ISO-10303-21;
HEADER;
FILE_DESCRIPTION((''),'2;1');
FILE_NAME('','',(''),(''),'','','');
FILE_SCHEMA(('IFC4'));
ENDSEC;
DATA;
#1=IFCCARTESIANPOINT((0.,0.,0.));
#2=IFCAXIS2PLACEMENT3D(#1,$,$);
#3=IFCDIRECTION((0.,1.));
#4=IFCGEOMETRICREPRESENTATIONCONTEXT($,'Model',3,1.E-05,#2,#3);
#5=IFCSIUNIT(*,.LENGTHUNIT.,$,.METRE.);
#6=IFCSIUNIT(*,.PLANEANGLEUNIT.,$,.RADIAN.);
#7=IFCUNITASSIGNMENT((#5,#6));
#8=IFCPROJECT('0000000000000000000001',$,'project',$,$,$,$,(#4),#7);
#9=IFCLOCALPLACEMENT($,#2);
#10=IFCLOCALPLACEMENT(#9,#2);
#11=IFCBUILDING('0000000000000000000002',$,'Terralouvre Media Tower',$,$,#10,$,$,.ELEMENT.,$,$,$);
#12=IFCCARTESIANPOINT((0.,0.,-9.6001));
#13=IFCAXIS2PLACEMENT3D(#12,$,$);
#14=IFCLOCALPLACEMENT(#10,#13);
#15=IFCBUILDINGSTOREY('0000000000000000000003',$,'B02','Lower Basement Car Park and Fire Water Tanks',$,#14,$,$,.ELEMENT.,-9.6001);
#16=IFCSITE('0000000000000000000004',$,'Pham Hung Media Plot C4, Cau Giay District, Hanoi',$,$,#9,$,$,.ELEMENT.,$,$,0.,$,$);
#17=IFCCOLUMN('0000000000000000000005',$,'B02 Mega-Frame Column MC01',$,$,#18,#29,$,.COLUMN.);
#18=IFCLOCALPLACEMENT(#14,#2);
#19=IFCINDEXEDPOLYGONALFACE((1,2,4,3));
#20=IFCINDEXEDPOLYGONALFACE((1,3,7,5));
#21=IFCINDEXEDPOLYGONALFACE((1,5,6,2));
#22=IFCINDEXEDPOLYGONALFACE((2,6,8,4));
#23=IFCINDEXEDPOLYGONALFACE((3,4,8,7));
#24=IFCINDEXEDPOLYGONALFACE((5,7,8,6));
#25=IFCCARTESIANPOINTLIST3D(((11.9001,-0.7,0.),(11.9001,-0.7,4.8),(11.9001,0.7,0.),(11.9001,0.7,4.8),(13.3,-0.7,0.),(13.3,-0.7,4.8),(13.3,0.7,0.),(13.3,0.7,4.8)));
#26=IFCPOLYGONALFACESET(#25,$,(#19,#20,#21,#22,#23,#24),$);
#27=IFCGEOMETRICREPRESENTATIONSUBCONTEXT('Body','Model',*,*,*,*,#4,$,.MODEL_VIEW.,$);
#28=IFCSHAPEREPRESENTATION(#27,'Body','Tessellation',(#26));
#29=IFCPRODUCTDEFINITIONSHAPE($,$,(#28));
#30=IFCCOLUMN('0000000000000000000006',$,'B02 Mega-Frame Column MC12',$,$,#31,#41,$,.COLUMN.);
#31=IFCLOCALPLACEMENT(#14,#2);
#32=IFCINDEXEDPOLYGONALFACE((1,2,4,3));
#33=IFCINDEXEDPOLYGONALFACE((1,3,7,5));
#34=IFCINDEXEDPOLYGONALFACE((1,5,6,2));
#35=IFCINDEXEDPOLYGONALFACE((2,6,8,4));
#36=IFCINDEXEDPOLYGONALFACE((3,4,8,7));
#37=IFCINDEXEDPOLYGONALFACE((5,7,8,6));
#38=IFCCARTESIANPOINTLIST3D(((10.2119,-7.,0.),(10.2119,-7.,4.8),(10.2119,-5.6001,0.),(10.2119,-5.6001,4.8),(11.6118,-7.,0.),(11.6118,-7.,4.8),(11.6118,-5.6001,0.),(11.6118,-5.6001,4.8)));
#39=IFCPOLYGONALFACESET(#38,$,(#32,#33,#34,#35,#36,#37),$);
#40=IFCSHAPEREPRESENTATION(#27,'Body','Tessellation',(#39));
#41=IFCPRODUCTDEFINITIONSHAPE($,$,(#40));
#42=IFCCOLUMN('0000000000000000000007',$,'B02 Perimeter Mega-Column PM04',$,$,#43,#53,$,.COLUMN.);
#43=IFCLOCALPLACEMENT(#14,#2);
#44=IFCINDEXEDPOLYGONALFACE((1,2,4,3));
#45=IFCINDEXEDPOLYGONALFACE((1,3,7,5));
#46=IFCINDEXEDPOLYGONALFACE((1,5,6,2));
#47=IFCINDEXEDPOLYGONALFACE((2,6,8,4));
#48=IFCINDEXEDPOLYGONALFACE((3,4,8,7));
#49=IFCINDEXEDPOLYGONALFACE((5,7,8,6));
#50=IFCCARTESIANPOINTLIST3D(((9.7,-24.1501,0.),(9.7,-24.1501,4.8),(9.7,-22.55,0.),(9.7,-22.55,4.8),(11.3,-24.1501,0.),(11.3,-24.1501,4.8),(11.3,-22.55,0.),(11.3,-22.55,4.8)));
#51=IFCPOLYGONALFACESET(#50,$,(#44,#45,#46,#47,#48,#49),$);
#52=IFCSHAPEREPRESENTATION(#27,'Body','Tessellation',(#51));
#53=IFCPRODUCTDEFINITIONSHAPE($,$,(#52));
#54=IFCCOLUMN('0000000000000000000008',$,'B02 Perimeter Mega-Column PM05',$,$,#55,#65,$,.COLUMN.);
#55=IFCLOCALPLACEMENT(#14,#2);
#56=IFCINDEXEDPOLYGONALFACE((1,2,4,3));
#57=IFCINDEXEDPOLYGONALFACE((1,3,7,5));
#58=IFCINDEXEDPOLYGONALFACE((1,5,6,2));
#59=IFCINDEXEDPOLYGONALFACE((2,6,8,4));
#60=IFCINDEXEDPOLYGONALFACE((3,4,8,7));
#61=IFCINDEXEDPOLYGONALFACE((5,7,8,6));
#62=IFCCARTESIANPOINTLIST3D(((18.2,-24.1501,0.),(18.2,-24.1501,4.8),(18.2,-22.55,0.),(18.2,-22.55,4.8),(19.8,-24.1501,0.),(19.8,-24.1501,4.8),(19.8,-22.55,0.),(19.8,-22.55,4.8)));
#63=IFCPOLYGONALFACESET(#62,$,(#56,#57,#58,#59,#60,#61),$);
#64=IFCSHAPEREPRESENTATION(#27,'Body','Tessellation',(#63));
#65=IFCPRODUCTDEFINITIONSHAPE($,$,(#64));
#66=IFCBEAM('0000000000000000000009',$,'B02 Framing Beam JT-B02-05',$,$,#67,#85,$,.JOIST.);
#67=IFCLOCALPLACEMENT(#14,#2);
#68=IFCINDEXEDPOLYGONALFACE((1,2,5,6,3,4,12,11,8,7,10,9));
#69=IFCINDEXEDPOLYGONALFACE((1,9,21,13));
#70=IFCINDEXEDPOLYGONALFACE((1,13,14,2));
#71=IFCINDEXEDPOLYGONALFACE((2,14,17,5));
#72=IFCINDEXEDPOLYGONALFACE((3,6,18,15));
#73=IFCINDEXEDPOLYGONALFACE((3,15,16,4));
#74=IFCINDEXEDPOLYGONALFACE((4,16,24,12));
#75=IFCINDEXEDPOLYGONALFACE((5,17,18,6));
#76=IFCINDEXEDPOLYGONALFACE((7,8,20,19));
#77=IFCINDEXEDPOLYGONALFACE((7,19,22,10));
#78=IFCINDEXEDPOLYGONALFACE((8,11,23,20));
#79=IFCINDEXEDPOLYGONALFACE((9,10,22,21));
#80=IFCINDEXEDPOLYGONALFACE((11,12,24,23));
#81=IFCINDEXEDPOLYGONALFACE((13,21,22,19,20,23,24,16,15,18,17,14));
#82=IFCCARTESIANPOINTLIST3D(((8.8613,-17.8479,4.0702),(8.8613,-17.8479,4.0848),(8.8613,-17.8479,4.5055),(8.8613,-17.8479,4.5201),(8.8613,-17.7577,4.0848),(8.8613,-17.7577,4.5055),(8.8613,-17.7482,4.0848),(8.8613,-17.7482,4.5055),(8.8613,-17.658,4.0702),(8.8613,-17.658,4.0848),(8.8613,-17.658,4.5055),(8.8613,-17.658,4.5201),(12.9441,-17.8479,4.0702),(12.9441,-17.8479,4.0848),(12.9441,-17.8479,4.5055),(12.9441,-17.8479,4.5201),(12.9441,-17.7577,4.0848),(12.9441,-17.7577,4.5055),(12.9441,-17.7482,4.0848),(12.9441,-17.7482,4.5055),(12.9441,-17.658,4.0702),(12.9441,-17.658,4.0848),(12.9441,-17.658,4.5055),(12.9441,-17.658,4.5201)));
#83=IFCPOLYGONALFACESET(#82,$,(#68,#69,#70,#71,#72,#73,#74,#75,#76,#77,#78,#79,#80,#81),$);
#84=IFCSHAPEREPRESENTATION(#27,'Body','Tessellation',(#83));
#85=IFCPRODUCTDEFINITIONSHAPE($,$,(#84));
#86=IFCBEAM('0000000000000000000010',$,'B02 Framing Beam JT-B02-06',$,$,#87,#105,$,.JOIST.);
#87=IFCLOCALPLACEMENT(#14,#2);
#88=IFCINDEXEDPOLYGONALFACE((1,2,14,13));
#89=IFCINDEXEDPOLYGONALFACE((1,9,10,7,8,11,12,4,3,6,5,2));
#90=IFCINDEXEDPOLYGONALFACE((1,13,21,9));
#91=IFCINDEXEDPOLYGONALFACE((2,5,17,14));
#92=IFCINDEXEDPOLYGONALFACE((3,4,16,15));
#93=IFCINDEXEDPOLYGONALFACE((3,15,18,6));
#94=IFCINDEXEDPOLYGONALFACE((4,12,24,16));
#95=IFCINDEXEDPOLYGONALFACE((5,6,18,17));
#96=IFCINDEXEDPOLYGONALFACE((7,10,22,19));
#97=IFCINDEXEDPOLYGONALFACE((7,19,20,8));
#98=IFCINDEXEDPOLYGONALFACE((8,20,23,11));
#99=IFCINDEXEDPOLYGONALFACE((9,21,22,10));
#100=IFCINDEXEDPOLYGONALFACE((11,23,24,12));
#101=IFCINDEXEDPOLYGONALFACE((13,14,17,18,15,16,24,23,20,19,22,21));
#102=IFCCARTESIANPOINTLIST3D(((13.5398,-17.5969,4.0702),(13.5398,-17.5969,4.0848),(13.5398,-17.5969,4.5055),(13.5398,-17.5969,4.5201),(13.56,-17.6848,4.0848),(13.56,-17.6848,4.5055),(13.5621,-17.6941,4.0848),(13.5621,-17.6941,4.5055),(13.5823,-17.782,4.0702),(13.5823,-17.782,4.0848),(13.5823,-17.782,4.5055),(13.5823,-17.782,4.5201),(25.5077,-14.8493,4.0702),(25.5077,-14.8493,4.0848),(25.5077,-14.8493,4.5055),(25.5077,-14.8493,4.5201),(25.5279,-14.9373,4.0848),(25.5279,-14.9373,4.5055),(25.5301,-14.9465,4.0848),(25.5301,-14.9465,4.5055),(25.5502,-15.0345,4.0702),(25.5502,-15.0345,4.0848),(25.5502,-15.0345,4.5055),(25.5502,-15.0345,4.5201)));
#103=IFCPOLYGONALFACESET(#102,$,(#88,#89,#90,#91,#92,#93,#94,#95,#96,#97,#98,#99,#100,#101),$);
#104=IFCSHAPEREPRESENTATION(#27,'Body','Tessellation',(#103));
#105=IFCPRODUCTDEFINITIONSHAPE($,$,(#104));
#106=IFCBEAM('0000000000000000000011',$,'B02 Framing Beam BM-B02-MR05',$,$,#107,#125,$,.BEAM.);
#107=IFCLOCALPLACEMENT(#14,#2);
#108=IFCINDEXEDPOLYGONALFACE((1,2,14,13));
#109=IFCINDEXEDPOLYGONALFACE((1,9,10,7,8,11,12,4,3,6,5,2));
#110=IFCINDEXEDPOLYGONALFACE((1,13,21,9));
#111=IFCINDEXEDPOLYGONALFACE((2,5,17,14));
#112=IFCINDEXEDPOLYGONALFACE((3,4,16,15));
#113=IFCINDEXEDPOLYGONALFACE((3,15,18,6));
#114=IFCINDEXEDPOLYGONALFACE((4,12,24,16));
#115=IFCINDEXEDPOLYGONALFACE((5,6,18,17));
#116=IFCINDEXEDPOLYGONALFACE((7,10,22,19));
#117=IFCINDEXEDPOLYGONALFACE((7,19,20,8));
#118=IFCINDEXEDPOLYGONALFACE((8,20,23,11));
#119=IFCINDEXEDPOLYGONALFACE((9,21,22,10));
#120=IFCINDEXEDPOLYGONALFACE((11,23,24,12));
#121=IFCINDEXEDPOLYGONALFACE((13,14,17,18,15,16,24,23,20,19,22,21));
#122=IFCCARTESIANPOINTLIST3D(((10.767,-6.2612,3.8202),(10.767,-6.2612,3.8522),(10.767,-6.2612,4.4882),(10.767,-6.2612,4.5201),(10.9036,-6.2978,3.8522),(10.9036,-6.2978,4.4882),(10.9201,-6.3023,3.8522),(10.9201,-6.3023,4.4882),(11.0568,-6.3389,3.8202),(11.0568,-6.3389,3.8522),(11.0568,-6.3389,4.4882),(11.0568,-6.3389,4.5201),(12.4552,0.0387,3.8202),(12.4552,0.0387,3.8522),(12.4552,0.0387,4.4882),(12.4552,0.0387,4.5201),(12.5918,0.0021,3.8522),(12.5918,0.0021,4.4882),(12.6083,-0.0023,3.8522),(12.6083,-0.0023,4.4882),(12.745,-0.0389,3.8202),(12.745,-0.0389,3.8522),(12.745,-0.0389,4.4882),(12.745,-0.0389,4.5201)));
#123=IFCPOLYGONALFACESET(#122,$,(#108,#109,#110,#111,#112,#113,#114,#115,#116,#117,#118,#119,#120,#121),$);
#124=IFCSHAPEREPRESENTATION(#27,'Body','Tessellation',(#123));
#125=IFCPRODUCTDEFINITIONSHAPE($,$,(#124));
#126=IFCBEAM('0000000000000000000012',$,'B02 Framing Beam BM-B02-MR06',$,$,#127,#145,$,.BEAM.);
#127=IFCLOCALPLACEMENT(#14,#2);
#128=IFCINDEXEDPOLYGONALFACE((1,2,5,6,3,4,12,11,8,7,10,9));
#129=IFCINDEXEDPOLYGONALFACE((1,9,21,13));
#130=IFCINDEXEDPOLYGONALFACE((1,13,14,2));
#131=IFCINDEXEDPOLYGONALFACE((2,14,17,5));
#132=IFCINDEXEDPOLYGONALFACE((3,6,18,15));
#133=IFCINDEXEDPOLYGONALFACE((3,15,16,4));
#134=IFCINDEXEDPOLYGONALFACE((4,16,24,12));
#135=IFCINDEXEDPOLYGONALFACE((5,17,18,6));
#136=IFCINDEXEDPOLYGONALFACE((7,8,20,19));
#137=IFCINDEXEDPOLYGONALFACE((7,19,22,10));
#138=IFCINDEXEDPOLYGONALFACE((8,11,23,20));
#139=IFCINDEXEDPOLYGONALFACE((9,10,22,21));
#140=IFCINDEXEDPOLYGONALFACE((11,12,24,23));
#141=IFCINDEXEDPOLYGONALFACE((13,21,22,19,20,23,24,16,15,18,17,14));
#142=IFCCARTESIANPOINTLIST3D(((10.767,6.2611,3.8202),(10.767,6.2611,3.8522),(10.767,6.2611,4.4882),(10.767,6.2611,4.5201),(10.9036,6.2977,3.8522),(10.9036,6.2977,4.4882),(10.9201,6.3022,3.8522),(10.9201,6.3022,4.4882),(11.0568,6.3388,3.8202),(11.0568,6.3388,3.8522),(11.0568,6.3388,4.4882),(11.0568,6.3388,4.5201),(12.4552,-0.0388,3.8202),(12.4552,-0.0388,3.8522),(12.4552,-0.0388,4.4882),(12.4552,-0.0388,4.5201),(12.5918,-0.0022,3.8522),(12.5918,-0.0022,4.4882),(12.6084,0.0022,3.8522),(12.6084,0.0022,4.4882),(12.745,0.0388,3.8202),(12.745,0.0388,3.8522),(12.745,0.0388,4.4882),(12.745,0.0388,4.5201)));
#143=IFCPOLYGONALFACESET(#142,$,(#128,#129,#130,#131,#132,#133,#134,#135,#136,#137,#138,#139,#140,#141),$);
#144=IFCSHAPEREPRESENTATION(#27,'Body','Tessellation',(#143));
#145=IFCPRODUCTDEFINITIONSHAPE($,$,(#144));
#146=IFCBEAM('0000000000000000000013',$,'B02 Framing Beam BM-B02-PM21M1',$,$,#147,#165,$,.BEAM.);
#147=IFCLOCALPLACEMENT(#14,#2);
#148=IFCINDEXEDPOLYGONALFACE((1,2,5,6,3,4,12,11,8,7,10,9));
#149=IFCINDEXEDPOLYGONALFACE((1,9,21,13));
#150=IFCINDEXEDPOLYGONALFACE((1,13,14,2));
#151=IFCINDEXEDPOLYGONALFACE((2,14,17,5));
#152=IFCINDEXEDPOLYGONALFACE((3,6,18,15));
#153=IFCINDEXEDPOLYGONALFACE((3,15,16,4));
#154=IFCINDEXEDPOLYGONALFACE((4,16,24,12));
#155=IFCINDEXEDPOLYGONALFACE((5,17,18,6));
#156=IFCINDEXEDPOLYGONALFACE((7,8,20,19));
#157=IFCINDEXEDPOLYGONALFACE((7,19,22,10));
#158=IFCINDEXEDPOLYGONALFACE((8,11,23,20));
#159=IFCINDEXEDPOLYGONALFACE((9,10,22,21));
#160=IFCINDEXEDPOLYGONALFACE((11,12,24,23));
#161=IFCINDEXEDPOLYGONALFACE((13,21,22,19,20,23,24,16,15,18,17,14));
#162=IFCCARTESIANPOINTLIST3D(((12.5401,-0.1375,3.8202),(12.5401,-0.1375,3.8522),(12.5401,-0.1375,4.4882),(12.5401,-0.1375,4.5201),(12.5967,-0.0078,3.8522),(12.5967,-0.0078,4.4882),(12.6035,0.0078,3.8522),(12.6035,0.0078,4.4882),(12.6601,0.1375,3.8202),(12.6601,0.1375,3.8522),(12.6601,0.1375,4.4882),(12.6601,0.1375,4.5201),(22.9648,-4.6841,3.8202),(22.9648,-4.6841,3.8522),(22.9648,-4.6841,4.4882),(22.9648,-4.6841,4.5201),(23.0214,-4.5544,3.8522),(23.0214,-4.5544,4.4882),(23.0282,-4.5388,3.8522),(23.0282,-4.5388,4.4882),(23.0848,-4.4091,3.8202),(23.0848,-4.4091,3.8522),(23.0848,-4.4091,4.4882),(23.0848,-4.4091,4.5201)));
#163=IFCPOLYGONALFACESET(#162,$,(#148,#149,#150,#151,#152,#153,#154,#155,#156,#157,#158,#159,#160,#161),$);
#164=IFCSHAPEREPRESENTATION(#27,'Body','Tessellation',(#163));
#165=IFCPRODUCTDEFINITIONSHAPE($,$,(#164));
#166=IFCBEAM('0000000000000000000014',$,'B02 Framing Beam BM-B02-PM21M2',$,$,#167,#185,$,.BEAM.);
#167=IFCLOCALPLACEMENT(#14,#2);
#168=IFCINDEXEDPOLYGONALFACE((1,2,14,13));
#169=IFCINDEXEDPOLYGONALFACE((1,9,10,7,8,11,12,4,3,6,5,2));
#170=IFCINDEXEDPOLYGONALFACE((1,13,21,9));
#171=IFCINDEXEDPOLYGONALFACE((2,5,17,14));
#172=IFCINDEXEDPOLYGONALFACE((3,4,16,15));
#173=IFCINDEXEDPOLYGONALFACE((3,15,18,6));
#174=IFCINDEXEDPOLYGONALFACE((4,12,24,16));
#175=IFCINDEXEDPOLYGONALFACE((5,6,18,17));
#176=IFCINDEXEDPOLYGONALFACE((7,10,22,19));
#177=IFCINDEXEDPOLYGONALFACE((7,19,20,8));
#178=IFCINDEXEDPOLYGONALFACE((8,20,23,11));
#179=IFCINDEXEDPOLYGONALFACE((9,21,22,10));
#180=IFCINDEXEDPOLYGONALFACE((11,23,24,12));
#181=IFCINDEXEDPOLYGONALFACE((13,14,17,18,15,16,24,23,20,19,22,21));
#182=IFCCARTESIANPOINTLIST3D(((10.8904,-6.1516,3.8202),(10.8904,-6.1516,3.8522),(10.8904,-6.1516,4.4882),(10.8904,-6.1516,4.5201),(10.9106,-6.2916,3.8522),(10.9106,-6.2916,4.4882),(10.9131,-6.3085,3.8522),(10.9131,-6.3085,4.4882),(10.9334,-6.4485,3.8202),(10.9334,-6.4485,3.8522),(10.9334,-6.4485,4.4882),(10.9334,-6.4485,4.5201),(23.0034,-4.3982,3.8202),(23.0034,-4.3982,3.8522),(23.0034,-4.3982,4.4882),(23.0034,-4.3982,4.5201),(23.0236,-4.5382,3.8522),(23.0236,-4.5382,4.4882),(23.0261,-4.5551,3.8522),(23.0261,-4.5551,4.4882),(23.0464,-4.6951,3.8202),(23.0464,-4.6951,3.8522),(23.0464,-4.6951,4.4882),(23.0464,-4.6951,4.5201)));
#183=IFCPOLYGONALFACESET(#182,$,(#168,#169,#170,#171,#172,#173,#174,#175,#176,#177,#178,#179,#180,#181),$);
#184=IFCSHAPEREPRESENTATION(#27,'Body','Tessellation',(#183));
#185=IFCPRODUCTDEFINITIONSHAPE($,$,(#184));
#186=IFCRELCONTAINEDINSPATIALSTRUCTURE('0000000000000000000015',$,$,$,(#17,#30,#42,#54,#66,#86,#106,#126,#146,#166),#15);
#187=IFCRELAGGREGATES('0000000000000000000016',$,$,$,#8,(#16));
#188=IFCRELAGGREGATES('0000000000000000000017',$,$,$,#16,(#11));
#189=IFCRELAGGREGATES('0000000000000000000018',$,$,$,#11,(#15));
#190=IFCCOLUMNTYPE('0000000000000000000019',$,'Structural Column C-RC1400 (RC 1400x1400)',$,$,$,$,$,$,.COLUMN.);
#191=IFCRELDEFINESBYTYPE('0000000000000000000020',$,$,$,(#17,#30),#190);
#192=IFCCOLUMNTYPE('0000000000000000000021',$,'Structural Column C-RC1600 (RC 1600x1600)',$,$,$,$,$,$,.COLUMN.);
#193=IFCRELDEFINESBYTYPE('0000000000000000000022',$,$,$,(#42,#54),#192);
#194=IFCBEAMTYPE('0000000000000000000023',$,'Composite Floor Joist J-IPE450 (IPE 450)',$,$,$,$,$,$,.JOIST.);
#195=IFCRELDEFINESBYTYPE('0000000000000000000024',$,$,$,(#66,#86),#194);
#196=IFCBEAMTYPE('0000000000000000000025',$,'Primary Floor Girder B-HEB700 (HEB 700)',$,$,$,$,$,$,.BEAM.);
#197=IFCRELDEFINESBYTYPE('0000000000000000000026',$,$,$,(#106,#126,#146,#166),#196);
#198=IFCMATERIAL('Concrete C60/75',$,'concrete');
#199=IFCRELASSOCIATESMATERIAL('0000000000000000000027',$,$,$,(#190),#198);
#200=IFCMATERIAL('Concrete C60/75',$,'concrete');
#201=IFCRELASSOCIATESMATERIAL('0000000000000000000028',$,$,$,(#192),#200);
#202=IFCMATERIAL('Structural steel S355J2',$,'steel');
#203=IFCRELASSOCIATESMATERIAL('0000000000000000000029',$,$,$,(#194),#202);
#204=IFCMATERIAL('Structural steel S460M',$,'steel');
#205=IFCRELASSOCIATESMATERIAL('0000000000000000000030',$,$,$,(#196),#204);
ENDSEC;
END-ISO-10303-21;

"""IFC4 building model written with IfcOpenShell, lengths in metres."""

from ifc_helpers import new_model, si_unit, direction, frame, origin, origin_2d, place, context, subcontext, project, spatial, rectangle, i_section, extrude, material, material_profile, profile_set, type_object, element, save


model = new_model("IFC4")

# Units and contexts
model_context = context("Model", 3, precision=1e-05, world=origin(), true_north=direction((0.0, 1.0)))
body_context = subcontext(model_context, "Body", "Model", "MODEL_VIEW")
ifc_project = project(units=[si_unit("LENGTHUNIT", "METRE"), si_unit("PLANEANGLEUNIT", "RADIAN")], contexts=[model_context])

# Site, building, storey
site_placement = place(None, origin())
site = spatial("IfcSite", under=ifc_project, at=site_placement, Name="Pham Hung Media Plot C4, Cau Giay District, Hanoi", CompositionType="ELEMENT", RefElevation=0.0)
building_placement = place(site_placement, origin())
building = spatial("IfcBuilding", under=site, at=building_placement, Name="Terralouvre Media Tower", CompositionType="ELEMENT")
storey_placement = place(building_placement, frame((0.0, 0.0, -9.6001)))
storey = spatial("IfcBuildingStorey", under=building, at=storey_placement, Name="B02", Description="Lower Basement Car Park and Fire Water Tanks", CompositionType="ELEMENT", Elevation=-9.6001)

# Columns
ifc_material_1 = material(Name="Concrete C60/75", Category="concrete")
ifc_material_profile_1 = material_profile(ifc_material_1, rectangle(XDim=1.3999, YDim=1.3999, at=origin_2d()), Name="RC 1400x1400")
ifc_profile_set_1 = profile_set([ifc_material_profile_1], Name="Concrete C60/75")
column_type_1 = type_object("IfcColumnType", Name="Structural Column C-RC1400 (RC 1400x1400)", PredefinedType="COLUMN", material=ifc_profile_set_1)
for number, where, z_axis, x_axis, name in (
    (1, (12.6001, 0.0, 0.0), (0.0, 0.0, 1.0), (1.0, 0.0, 0.0), "B02 Mega-Frame Column MC01"),
    (2, (10.9119, -6.3, 0.0), (0.0, 0.0, 1.0), (1.0, 0.0, 0.0), "B02 Mega-Frame Column MC12"),
):
    element("IfcColumn", number, at=place(storey_placement, frame(where, z_axis=z_axis, x_axis=x_axis)), inside=storey, type_object=column_type_1, Name=name, PredefinedType="COLUMN", context=body_context, shape_type="SweptSolid", body=[
        extrude(rectangle(XDim=1.3999, YDim=1.3999, at=origin_2d()), origin(), (0.0, 0.0, 1.0), 4.8),
    ])
ifc_material_2 = material(Name="Concrete C60/75", Category="concrete")
ifc_material_profile_2 = material_profile(ifc_material_2, rectangle(XDim=1.6001, YDim=1.6001, at=origin_2d()), Name="RC 1600x1600")
ifc_profile_set_2 = profile_set([ifc_material_profile_2], Name="Concrete C60/75")
column_type_2 = type_object("IfcColumnType", Name="Structural Column C-RC1600 (RC 1600x1600)", PredefinedType="COLUMN", material=ifc_profile_set_2)
for number, where, z_axis, x_axis, name in (
    (3, (10.5, -23.3501, 0.0), (0.0, 0.0, 1.0), (1.0, 0.0, 0.0), "B02 Perimeter Mega-Column PM04"),
    (4, (19.0, -23.3501, 0.0), (0.0, 0.0, 1.0), (1.0, 0.0, 0.0), "B02 Perimeter Mega-Column PM05"),
):
    element("IfcColumn", number, at=place(storey_placement, frame(where, z_axis=z_axis, x_axis=x_axis)), inside=storey, type_object=column_type_2, Name=name, PredefinedType="COLUMN", context=body_context, shape_type="SweptSolid", body=[
        extrude(rectangle(XDim=1.6001, YDim=1.6001, at=origin_2d()), origin(), (0.0, 0.0, 1.0), 4.8),
    ])

# Beams
ifc_material_3 = material(Name="Structural steel S355J2", Category="steel")
ifc_material_profile_3 = material_profile(ifc_material_3, i_section(OverallWidth=0.1899, OverallDepth=0.45, WebThickness=0.0095, FlangeThickness=0.0146, at=origin_2d()), Name="IPE 450")
ifc_profile_set_3 = profile_set([ifc_material_profile_3], Name="Structural steel S355J2")
beam_type_1 = type_object("IfcBeamType", Name="Composite Floor Joist J-IPE450 (IPE 450)", PredefinedType="JOIST", material=ifc_profile_set_3)
beam_1_placement = place(storey_placement, frame((8.8613, -17.7529, 4.2952), z_axis=(1.0, 0.0, 0.0), x_axis=(0.0, 1.0, 0.0)))
element("IfcBeam", 5, at=beam_1_placement, inside=storey, type_object=beam_type_1, Name="B02 Framing Beam JT-B02-05", PredefinedType="JOIST", context=body_context, shape_type="SweptSolid", body=[
    extrude(i_section(OverallWidth=0.1899, OverallDepth=0.45, WebThickness=0.0095, FlangeThickness=0.0146, at=origin_2d()), origin(), (0.0, 0.0, 1.0), 4.0828),
])
beam_2_placement = place(storey_placement, frame((13.561, -17.6895, 4.2952), z_axis=(0.974646, 0.223754, 0.0), x_axis=(-0.223754, 0.974646, 0.0)))
element("IfcBeam", 6, at=beam_2_placement, inside=storey, type_object=beam_type_1, Name="B02 Framing Beam JT-B02-06", PredefinedType="JOIST", context=body_context, shape_type="SweptSolid", body=[
    extrude(i_section(OverallWidth=0.1899, OverallDepth=0.45, WebThickness=0.0095, FlangeThickness=0.0146, at=origin_2d()), origin(), (0.0, 0.0, 1.0), 12.2793),
])
ifc_material_4 = material(Name="Structural steel S460M", Category="steel")
ifc_material_profile_4 = material_profile(ifc_material_4, i_section(OverallWidth=0.3, OverallDepth=0.7, WebThickness=0.0171, FlangeThickness=0.032, at=origin_2d()), Name="HEB 700")
ifc_profile_set_4 = profile_set([ifc_material_profile_4], Name="Structural steel S460M")
beam_type_2 = type_object("IfcBeamType", Name="Primary Floor Girder B-HEB700 (HEB 700)", PredefinedType="BEAM", material=ifc_profile_set_4)
for number, where, z_axis, x_axis, name in (
    (7, (10.9119, -6.3, 4.1702), (0.258839, 0.96592, 0.0), (-0.96592, 0.258839, 0.0), "B02 Framing Beam BM-B02-MR05"),
    (8, (12.6001, 0.0, 4.1702), (-0.258839, 0.96592, 0.0), (-0.96592, -0.258839, 0.0), "B02 Framing Beam BM-B02-MR06"),
):
    element("IfcBeam", number, at=place(storey_placement, frame(where, z_axis=z_axis, x_axis=x_axis)), inside=storey, type_object=beam_type_2, Name=name, PredefinedType="BEAM", context=body_context, shape_type="SweptSolid", body=[
        extrude(i_section(OverallWidth=0.3, OverallDepth=0.7, WebThickness=0.0171, FlangeThickness=0.032, at=origin_2d()), origin(), (0.0, 0.0, 1.0), 6.5222),
    ])
beam_3_placement = place(storey_placement, frame((12.6001, 0.0, 4.1702), z_axis=(0.916616, -0.399769, 0.0), x_axis=(0.399769, 0.916616, 0.0)))
element("IfcBeam", 9, at=beam_3_placement, inside=storey, type_object=beam_type_2, Name="B02 Framing Beam BM-B02-PM21M1", PredefinedType="BEAM", context=body_context, shape_type="SweptSolid", body=[
    extrude(i_section(OverallWidth=0.3, OverallDepth=0.7, WebThickness=0.0171, FlangeThickness=0.032, at=origin_2d()), origin(), (0.0, 0.0, 1.0), 11.373),
])
beam_4_placement = place(storey_placement, frame((10.9119, -6.3, 4.1702), z_axis=(0.989685, 0.143261, 0.0), x_axis=(-0.143261, 0.989685, 0.0)))
element("IfcBeam", 10, at=beam_4_placement, inside=storey, type_object=beam_type_2, Name="B02 Framing Beam BM-B02-PM21M2", PredefinedType="BEAM", context=body_context, shape_type="SweptSolid", body=[
    extrude(i_section(OverallWidth=0.3, OverallDepth=0.7, WebThickness=0.0171, FlangeThickness=0.032, at=origin_2d()), origin(), (0.0, 0.0, 1.0), 12.2393),
])

save(model, "model.ifc")
